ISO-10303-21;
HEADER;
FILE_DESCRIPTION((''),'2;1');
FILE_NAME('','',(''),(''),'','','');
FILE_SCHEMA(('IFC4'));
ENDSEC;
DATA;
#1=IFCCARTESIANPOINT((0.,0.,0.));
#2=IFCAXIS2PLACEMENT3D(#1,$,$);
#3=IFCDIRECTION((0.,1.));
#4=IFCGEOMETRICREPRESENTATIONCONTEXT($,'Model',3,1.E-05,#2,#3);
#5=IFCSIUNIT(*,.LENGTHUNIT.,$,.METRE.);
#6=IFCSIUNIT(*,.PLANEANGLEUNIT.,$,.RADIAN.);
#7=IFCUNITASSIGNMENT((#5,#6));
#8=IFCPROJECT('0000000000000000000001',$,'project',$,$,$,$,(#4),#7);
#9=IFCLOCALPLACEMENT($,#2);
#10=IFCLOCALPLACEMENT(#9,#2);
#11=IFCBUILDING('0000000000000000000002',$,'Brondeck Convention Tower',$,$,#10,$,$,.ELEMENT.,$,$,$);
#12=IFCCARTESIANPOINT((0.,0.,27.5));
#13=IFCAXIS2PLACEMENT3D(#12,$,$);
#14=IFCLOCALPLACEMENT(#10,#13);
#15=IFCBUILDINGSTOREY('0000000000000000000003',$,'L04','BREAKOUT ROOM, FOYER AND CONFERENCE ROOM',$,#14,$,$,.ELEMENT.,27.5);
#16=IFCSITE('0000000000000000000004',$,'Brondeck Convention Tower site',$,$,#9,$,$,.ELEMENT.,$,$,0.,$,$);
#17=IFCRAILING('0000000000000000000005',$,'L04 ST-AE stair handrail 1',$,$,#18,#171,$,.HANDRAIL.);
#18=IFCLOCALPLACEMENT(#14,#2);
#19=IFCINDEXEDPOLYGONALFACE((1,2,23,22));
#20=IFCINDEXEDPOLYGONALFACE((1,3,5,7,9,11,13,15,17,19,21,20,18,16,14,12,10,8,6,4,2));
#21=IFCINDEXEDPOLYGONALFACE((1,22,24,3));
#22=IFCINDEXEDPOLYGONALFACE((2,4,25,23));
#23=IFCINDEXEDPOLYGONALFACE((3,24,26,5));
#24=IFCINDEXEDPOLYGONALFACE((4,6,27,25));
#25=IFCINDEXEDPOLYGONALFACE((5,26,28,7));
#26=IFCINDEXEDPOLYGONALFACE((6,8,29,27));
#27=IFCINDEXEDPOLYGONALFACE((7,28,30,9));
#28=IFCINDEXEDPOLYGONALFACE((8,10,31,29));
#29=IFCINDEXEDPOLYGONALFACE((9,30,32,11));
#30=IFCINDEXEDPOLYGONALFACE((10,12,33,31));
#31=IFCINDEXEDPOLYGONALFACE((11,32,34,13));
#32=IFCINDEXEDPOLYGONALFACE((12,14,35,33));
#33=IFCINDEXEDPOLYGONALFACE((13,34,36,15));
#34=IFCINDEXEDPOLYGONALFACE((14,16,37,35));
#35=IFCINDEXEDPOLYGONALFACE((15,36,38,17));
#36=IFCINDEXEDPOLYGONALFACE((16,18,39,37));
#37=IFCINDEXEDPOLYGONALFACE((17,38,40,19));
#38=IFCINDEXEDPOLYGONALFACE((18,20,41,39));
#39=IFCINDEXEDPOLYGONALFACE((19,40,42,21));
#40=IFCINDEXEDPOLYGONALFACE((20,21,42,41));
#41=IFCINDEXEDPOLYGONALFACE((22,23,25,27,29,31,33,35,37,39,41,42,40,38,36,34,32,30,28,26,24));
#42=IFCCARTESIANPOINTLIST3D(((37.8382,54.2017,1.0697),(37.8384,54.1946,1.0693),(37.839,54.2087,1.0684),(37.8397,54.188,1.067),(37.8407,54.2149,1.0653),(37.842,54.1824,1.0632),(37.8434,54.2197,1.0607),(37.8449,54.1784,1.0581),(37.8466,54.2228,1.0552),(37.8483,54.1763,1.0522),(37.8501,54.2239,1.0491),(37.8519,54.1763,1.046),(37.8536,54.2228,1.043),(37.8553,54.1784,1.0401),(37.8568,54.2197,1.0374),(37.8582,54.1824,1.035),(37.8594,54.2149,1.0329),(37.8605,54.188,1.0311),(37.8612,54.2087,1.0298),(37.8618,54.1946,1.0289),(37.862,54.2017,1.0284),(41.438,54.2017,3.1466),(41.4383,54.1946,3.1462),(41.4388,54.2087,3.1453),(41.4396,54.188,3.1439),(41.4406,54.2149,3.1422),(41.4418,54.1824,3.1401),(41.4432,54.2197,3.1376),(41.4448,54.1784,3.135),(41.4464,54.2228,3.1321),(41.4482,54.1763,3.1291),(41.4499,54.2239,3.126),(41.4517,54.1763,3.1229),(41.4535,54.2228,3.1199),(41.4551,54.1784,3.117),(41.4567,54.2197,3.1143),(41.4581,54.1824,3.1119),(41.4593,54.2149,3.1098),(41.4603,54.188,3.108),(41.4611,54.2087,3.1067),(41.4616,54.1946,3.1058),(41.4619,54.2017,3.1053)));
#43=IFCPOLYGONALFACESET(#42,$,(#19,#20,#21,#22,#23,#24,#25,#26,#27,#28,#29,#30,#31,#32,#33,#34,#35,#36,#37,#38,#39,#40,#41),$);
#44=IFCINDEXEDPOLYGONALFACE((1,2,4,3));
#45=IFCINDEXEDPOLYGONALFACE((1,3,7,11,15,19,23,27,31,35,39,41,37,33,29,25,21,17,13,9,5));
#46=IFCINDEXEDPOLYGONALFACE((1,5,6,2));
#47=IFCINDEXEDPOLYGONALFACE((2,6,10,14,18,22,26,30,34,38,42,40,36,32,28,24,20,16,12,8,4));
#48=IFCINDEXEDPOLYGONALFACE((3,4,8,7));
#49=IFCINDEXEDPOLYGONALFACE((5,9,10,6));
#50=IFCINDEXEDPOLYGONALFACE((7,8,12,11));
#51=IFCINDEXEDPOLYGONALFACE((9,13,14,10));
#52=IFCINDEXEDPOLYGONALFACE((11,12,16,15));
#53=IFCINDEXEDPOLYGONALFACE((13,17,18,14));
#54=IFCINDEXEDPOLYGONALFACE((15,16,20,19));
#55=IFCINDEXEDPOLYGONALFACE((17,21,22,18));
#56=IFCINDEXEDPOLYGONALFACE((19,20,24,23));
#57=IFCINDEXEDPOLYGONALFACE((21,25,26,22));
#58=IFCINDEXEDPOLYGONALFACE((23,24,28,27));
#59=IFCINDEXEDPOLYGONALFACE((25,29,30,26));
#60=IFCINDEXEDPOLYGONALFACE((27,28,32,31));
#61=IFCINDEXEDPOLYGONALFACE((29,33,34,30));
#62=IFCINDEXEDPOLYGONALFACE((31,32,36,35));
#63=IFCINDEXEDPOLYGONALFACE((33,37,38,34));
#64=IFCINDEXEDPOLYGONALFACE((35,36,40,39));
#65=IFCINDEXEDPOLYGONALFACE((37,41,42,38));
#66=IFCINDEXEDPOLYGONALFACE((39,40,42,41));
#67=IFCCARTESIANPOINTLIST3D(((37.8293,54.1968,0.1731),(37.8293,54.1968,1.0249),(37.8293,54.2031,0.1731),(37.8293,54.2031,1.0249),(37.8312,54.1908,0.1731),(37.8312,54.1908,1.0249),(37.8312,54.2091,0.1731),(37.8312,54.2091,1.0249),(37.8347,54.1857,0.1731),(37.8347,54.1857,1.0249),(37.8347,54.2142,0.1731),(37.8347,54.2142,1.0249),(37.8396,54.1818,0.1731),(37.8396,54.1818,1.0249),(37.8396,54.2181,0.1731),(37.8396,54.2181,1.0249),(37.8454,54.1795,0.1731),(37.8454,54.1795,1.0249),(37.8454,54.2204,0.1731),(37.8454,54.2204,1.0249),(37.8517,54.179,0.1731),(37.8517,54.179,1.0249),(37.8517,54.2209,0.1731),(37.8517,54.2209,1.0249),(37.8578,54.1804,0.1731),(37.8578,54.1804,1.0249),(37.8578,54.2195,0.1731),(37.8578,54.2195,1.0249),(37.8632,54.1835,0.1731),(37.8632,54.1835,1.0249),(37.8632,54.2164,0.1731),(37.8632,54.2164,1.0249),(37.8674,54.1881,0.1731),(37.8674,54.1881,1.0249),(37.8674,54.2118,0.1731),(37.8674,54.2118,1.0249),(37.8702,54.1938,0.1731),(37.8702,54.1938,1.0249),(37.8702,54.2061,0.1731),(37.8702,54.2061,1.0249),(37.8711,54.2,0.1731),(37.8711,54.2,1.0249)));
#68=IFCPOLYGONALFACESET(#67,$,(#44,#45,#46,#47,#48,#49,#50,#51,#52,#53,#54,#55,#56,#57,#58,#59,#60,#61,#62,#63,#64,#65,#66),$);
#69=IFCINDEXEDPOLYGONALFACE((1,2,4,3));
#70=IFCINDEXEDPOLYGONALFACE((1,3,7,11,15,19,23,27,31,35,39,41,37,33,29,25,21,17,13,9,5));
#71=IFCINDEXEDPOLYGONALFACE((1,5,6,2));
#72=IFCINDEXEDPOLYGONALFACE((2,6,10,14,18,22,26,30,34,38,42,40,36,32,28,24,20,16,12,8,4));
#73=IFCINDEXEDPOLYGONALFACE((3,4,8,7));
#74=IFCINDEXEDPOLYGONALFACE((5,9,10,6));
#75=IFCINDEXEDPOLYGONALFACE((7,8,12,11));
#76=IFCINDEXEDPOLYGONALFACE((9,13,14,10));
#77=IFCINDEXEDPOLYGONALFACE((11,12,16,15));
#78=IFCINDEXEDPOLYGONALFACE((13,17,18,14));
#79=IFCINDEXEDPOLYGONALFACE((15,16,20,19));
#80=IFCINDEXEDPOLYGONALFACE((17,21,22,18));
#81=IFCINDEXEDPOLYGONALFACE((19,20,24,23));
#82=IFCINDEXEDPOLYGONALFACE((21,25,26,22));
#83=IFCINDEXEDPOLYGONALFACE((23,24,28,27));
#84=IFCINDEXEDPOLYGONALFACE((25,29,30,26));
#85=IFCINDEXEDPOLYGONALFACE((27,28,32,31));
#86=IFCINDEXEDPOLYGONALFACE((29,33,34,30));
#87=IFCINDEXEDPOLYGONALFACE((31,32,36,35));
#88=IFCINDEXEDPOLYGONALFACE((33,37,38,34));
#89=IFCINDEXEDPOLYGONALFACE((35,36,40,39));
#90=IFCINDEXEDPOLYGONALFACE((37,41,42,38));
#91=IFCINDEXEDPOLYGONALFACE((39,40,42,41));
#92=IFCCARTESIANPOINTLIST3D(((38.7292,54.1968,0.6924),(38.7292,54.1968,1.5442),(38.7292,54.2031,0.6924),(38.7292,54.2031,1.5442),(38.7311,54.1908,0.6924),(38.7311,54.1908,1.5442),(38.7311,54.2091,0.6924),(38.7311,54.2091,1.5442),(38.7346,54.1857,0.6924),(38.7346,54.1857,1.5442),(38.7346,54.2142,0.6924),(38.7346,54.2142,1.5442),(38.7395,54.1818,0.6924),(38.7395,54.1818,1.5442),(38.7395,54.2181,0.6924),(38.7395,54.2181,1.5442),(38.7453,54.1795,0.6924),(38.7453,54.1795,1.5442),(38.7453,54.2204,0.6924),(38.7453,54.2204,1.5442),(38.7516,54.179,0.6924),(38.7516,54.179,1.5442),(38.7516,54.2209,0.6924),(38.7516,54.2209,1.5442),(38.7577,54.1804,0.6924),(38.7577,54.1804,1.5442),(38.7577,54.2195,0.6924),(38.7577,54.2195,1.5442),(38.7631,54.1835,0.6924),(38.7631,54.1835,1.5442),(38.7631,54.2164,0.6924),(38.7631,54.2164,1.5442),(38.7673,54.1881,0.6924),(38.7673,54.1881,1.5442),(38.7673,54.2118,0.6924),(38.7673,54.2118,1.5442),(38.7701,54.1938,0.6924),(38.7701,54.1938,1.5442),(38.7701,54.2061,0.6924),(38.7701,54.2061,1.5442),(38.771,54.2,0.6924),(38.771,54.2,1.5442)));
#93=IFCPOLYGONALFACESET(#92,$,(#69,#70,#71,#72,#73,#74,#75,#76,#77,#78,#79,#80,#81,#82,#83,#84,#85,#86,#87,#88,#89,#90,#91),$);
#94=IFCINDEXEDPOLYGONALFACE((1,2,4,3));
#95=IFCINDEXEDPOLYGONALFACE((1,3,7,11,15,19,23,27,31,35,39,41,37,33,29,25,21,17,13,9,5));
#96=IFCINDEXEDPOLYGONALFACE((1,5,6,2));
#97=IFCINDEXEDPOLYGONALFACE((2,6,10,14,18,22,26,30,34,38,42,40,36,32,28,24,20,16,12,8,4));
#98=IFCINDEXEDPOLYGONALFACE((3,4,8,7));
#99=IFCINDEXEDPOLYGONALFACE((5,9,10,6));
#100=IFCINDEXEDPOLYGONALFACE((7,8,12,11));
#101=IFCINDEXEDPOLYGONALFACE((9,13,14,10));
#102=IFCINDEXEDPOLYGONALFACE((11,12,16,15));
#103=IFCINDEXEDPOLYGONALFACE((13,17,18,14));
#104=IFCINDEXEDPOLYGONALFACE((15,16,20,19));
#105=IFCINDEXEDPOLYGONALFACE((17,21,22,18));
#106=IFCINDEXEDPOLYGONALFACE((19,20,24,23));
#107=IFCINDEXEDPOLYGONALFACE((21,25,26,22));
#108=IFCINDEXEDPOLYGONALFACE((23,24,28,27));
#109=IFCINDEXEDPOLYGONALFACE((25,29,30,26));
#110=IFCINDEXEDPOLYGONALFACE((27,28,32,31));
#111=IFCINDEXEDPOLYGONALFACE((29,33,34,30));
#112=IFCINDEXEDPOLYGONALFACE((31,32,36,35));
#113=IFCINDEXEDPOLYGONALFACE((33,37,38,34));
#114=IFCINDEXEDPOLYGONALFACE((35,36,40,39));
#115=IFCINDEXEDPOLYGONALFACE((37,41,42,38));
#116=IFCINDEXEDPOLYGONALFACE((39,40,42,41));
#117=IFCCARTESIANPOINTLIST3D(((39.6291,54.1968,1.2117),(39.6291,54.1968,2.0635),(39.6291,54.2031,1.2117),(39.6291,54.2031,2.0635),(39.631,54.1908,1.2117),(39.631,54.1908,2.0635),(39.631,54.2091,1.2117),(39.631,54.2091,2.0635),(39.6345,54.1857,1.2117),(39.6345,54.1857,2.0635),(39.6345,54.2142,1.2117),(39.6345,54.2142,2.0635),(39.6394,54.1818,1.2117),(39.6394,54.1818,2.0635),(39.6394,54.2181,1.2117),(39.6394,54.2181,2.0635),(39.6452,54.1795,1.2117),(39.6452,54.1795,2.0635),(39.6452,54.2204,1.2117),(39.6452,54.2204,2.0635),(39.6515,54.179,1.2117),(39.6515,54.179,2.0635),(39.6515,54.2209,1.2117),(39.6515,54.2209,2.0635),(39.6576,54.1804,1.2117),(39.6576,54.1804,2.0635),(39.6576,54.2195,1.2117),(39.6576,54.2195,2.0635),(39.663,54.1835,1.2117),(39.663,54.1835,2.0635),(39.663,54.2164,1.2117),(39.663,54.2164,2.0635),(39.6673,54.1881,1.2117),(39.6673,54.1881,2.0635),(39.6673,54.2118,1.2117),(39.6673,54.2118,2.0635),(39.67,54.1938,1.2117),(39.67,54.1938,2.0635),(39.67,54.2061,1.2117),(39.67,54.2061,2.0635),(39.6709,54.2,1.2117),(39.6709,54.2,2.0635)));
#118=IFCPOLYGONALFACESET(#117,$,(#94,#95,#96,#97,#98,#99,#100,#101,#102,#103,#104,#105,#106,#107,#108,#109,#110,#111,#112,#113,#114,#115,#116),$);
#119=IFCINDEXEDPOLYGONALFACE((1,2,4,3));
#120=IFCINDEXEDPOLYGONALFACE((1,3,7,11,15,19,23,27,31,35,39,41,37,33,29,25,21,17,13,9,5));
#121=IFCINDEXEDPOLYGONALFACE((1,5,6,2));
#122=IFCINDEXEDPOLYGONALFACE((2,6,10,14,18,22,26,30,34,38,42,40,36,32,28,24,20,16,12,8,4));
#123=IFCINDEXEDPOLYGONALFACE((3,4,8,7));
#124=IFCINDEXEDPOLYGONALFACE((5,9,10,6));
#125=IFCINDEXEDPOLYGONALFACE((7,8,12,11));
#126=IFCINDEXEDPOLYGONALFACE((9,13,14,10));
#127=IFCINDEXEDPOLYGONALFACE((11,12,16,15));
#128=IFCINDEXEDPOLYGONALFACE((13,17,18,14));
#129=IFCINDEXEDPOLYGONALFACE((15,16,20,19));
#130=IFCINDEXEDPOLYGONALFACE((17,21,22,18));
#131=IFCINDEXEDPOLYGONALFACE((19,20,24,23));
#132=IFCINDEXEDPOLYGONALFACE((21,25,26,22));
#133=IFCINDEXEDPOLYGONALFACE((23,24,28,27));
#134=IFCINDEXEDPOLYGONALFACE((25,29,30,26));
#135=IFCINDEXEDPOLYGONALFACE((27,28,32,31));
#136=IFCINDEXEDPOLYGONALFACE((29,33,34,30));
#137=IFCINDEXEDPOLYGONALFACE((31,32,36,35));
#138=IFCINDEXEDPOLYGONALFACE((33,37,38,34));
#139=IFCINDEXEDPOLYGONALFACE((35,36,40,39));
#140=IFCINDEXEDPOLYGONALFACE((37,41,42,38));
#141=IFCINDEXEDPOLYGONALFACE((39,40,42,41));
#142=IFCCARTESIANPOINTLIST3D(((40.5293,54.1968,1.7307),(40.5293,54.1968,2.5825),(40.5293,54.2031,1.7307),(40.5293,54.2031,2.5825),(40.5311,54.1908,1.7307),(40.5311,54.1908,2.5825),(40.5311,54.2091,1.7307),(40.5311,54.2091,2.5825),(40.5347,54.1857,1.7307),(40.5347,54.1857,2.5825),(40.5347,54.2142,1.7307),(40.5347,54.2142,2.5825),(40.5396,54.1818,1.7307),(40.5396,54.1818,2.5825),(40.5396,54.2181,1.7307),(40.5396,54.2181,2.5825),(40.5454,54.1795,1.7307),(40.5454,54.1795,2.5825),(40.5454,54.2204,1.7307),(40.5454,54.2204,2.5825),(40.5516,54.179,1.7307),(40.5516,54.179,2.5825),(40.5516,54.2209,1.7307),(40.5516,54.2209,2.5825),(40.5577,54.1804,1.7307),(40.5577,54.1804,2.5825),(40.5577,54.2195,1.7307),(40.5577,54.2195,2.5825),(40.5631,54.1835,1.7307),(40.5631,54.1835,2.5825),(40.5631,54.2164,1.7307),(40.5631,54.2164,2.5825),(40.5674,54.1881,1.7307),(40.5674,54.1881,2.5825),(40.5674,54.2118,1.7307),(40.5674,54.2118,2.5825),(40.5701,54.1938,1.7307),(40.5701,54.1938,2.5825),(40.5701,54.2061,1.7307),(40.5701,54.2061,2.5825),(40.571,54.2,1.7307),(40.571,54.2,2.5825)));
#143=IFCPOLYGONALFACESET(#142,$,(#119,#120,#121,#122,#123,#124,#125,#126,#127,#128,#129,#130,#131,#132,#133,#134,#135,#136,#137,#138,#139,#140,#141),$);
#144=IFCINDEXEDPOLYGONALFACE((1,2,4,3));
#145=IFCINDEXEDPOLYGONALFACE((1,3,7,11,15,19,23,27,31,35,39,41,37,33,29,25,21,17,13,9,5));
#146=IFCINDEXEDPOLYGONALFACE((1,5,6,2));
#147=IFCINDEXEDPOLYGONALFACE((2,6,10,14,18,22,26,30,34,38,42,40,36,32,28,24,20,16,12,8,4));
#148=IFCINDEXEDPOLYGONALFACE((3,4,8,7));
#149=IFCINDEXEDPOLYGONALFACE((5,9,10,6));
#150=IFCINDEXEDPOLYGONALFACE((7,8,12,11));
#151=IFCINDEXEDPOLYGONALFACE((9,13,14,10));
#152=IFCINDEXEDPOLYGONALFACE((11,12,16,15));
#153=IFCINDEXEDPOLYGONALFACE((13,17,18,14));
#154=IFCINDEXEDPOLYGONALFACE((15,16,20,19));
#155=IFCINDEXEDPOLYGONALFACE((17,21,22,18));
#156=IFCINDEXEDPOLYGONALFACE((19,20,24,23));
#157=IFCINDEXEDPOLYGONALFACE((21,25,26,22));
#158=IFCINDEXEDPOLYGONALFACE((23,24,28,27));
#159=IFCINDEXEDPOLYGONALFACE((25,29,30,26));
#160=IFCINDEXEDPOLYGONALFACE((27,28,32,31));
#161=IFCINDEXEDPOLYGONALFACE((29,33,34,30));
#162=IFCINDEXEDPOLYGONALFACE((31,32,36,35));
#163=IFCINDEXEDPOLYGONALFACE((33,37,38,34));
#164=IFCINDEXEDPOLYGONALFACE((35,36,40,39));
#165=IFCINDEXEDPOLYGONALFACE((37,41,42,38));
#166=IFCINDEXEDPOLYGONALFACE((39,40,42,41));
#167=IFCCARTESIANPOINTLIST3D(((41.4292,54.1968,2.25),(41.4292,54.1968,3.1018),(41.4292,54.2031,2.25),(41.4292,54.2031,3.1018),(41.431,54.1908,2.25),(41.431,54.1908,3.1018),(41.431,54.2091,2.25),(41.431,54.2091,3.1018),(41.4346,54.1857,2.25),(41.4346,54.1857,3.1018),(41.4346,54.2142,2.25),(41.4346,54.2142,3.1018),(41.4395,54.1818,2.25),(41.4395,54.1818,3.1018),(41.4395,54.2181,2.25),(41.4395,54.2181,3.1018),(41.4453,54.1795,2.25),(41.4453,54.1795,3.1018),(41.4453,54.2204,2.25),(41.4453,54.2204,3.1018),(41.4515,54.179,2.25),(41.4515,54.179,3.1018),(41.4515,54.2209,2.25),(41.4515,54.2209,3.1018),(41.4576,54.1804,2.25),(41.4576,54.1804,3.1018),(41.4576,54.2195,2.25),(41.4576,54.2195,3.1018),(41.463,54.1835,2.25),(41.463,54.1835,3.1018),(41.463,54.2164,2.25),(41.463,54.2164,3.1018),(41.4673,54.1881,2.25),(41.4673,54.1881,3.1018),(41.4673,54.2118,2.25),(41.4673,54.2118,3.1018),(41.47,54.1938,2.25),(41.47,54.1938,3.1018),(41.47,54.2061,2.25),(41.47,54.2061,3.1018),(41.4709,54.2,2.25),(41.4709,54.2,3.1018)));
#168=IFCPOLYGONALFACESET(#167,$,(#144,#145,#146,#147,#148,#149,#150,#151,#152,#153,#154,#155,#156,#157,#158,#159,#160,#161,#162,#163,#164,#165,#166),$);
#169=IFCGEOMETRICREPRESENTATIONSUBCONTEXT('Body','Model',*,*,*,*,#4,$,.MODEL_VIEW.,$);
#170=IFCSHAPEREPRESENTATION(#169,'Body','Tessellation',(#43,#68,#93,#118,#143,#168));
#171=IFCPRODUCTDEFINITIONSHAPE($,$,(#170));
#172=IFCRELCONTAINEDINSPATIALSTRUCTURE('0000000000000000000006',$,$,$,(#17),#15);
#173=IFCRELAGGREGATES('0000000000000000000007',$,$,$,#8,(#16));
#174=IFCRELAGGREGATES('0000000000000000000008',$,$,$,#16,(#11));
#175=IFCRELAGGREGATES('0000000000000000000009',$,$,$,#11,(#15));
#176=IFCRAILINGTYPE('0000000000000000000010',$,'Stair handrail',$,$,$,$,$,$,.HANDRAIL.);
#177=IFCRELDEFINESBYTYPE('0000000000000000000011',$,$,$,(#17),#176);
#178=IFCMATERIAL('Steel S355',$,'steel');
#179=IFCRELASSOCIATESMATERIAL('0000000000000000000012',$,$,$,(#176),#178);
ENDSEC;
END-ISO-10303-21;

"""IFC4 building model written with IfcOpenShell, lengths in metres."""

from ifc_helpers import new_model, si_unit, direction, frame, origin, origin_2d, place, context, subcontext, project, spatial, circle, extrude, material, type_object, element, save


model = new_model("IFC4")

# Units and contexts
model_context = context("Model", 3, precision=1e-05, world=origin(), true_north=direction((0.0, 1.0)))
body_context = subcontext(model_context, "Body", "Model", "MODEL_VIEW")
ifc_project = project(units=[si_unit("LENGTHUNIT", "METRE"), si_unit("PLANEANGLEUNIT", "RADIAN")], contexts=[model_context])

# Site, building, storey
site_placement = place(None, origin())
site = spatial("IfcSite", under=ifc_project, at=site_placement, Name="Brondeck Convention Tower site", CompositionType="ELEMENT", RefElevation=0.0)
building_placement = place(site_placement, origin())
building = spatial("IfcBuilding", under=site, at=building_placement, Name="Brondeck Convention Tower", CompositionType="ELEMENT")
storey_placement = place(building_placement, frame((0.0, 0.0, 27.5)))
storey = spatial("IfcBuildingStorey", under=building, at=storey_placement, Name="L04", Description="BREAKOUT ROOM, FOYER AND CONFERENCE ROOM", CompositionType="ELEMENT", Elevation=27.5)

# Shared definitions
ifc_material_1 = material(Name="Steel S355", Category="steel")

# Railing
railing_type_1 = type_object("IfcRailingType", Name="Stair handrail", PredefinedType="HANDRAIL", material=ifc_material_1)
railing_1_placement = place(storey_placement, frame((37.8501, 54.2, 0.1731)))
element("IfcRailing", 1, at=railing_1_placement, inside=storey, type_object=railing_type_1, Name="L04 ST-AE stair handrail 1", PredefinedType="HANDRAIL", context=body_context, shape_type="SweptSolid", body=[
    extrude(circle(Radius=0.0239, at=origin_2d()), frame((0.0, 0.0, 0.876), z_axis=(0.866179, 0.0, 0.499734), x_axis=(0.0, 1.0, 0.0)), (0.0, 0.0, 1.0), 4.156),
    extrude(circle(Radius=0.021, at=origin_2d()), origin(), (0.0, 0.0, 1.0), 0.8518),
    extrude(circle(Radius=0.021, at=origin_2d()), frame((0.8999, 0.0, 0.5193)), (0.0, 0.0, 1.0), 0.8518),
    extrude(circle(Radius=0.021, at=origin_2d()), frame((1.7998, 0.0, 1.0386)), (0.0, 0.0, 1.0), 0.8518),
    extrude(circle(Radius=0.021, at=origin_2d()), frame((2.7, 0.0, 1.5576)), (0.0, 0.0, 1.0), 0.8518),
    extrude(circle(Radius=0.021, at=origin_2d()), frame((3.5999, 0.0, 2.0769)), (0.0, 0.0, 1.0), 0.8518),
])

save(model, "model.ifc")
